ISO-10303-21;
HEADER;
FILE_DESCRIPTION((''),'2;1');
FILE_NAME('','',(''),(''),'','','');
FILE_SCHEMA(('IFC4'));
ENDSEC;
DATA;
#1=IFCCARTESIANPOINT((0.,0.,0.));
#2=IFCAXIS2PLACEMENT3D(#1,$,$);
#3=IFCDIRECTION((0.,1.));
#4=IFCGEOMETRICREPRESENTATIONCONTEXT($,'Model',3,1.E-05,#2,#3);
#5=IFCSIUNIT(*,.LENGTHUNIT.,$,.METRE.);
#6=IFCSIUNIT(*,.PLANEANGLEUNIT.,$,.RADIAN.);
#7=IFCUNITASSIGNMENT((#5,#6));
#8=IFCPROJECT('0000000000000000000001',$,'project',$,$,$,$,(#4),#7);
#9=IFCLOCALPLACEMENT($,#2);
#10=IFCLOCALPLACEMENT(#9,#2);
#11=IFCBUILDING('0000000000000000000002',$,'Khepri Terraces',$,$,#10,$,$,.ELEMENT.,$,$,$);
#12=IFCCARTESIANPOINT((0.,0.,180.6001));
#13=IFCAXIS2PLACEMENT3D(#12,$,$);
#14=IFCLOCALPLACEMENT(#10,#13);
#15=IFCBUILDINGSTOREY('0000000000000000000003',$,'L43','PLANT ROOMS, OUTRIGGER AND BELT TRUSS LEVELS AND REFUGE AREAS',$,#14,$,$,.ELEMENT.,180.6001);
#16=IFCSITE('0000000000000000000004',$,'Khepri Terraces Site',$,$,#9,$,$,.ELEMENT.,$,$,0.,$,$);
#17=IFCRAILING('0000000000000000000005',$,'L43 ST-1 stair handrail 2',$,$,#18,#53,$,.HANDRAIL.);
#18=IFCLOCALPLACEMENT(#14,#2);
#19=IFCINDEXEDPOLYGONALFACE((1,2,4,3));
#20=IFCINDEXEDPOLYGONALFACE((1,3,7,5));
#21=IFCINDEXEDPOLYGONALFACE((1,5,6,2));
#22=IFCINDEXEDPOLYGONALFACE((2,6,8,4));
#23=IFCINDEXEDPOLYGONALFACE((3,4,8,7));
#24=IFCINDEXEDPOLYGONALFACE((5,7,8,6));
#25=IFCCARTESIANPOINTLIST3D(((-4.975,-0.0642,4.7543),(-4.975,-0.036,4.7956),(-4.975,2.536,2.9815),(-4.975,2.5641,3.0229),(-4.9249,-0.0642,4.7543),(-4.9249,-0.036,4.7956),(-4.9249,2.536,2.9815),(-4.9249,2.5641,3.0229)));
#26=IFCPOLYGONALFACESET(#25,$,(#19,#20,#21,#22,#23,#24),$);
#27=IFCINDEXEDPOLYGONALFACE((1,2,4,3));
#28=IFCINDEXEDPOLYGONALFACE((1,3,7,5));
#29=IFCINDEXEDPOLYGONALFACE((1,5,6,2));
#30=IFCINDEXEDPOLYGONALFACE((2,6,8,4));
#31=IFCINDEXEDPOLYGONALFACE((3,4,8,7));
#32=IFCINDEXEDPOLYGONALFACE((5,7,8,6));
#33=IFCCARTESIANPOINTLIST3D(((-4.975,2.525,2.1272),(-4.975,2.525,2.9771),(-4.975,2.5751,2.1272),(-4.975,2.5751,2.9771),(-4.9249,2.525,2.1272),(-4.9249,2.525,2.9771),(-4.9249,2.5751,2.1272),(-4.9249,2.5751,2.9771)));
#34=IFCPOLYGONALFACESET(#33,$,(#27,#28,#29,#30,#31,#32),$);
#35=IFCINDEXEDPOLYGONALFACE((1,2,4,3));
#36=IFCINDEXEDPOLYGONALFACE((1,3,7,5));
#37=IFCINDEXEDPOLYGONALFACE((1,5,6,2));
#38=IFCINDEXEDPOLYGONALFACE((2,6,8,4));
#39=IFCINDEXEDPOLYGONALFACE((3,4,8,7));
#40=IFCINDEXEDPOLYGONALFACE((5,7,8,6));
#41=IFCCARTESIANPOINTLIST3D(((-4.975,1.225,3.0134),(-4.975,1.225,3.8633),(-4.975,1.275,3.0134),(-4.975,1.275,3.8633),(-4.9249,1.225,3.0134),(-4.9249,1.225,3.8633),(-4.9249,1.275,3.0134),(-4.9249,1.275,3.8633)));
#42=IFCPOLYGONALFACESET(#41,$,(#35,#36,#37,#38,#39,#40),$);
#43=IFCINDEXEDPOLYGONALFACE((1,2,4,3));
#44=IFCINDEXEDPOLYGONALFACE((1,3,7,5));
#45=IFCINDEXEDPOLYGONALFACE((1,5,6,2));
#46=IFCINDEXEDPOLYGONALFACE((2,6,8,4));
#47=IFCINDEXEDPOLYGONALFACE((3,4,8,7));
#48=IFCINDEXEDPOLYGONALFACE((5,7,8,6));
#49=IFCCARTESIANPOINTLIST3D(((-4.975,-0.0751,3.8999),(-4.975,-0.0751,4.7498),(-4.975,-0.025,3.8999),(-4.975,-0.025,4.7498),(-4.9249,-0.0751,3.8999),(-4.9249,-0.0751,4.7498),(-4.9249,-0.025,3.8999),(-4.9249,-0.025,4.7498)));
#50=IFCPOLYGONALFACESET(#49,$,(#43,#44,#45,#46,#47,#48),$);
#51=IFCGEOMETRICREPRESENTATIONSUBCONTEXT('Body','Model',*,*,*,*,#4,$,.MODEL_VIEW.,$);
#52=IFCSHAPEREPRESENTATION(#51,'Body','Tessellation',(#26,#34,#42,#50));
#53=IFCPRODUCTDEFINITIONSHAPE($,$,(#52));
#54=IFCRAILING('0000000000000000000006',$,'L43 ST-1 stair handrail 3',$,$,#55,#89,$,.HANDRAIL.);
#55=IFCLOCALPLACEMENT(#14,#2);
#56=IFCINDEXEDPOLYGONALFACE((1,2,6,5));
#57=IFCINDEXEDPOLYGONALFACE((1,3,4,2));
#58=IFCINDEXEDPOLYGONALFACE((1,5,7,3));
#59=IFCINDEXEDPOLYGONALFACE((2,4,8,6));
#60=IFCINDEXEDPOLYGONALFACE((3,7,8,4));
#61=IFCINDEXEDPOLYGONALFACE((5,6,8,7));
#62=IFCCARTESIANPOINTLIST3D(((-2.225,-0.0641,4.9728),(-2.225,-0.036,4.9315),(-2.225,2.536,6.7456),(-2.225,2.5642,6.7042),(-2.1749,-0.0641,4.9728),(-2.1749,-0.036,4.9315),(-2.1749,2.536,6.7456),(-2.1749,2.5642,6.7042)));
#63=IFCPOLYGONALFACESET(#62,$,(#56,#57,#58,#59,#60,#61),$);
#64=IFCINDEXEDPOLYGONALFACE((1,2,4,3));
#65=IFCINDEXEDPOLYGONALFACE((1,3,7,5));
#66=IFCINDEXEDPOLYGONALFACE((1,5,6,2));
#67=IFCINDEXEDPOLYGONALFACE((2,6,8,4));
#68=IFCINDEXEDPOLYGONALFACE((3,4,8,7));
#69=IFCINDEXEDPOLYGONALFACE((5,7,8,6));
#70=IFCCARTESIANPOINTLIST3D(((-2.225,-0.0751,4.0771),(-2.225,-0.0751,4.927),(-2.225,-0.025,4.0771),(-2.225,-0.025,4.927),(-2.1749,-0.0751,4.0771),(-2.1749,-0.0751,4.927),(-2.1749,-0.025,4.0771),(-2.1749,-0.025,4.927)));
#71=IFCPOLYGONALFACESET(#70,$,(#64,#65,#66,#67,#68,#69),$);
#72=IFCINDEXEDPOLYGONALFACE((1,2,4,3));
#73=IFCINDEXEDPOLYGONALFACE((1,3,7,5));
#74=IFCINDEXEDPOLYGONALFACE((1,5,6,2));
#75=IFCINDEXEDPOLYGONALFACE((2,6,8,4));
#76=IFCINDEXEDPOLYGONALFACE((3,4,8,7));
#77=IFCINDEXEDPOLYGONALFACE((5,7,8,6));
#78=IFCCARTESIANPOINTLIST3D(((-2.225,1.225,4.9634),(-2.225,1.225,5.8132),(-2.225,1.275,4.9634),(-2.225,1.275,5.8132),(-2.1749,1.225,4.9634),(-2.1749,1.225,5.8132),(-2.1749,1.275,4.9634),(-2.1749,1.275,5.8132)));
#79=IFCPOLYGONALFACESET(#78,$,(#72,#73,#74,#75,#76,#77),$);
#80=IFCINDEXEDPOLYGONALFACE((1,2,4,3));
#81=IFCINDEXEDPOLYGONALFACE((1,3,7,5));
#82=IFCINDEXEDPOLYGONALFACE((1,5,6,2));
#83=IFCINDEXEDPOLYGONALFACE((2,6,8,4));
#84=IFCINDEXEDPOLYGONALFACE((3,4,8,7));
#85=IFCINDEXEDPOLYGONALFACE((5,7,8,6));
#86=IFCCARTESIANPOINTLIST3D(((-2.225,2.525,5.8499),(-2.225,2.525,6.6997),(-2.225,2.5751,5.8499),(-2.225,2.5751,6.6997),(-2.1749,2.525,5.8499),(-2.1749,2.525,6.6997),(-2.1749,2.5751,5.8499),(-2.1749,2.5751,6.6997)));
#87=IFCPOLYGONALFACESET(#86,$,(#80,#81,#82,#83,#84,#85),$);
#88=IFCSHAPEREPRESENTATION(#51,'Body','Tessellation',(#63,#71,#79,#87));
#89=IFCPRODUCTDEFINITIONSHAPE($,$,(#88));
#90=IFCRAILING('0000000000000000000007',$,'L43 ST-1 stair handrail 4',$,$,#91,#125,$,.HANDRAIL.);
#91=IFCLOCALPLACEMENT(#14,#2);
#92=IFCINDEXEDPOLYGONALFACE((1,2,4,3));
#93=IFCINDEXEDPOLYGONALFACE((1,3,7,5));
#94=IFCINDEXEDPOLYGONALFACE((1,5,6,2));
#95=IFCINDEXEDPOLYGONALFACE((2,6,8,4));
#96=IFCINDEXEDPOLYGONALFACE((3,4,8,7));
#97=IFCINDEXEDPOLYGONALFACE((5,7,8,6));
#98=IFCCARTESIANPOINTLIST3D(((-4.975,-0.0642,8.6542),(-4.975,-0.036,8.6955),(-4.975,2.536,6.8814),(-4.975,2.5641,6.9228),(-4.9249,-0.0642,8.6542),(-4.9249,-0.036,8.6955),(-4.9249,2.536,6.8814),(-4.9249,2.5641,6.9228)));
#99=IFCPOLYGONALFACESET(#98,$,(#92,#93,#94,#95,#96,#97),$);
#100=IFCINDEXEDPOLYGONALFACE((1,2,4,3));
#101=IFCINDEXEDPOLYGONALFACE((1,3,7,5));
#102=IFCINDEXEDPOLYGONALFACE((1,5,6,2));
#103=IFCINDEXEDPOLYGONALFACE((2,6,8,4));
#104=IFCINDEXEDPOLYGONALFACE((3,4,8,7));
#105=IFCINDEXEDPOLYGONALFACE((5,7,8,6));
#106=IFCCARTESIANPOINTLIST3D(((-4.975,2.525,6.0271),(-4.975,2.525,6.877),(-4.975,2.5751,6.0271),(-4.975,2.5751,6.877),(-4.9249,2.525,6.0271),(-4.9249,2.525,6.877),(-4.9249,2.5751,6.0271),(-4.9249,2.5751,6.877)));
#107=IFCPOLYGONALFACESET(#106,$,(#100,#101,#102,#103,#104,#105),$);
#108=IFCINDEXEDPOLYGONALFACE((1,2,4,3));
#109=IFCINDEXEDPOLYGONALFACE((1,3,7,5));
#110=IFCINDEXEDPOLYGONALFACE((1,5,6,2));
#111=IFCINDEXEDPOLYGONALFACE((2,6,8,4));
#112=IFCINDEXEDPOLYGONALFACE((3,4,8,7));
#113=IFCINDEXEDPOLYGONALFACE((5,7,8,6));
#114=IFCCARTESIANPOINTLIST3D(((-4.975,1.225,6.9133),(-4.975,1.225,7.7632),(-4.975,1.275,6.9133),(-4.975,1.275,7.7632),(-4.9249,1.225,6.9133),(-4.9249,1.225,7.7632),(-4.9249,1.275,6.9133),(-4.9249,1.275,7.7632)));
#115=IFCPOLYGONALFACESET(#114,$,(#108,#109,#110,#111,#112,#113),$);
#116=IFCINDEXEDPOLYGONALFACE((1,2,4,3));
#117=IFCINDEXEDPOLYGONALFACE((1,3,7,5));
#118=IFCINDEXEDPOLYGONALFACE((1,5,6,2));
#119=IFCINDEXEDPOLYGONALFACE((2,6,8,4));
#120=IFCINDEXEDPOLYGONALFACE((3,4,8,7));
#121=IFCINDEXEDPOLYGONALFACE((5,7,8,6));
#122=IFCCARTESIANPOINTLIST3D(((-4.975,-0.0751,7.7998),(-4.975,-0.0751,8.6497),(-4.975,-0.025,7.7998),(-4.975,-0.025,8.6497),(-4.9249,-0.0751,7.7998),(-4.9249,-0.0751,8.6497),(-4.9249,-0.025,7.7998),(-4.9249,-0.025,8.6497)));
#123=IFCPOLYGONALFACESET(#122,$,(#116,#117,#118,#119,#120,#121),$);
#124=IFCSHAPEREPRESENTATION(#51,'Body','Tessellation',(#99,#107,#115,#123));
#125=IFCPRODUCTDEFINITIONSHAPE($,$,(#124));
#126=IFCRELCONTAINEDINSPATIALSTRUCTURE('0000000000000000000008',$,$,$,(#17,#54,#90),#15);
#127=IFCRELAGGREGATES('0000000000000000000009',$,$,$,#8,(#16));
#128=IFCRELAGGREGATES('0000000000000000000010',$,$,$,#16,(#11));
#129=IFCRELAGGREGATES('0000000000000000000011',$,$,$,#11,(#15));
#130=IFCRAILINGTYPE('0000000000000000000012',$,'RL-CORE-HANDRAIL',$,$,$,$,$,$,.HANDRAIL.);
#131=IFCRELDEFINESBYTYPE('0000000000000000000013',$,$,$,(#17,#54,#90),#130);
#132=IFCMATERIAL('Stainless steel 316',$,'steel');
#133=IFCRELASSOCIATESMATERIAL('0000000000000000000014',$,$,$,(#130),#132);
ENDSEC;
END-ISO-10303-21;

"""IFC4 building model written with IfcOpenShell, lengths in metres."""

from ifc_helpers import new_model, si_unit, direction, frame, origin, origin_2d, place, context, subcontext, project, spatial, rectangle, extrude, material, type_object, element, save


model = new_model("IFC4")

# Units and contexts
model_context = context("Model", 3, precision=1e-05, world=origin(), true_north=direction((0.0, 1.0)))
body_context = subcontext(model_context, "Body", "Model", "MODEL_VIEW")
ifc_project = project(units=[si_unit("LENGTHUNIT", "METRE"), si_unit("PLANEANGLEUNIT", "RADIAN")], contexts=[model_context])

# Site, building, storey
site_placement = place(None, origin())
site = spatial("IfcSite", under=ifc_project, at=site_placement, Name="Khepri Terraces Site", CompositionType="ELEMENT", RefElevation=0.0)
building_placement = place(site_placement, origin())
building = spatial("IfcBuilding", under=site, at=building_placement, Name="Khepri Terraces", CompositionType="ELEMENT")
storey_placement = place(building_placement, frame((0.0, 0.0, 180.6001)))
storey = spatial("IfcBuildingStorey", under=building, at=storey_placement, Name="L43", Description="PLANT ROOMS, OUTRIGGER AND BELT TRUSS LEVELS AND REFUGE AREAS", CompositionType="ELEMENT", Elevation=180.6001)

# Railings
ifc_material_1 = material(Name="Stainless steel 316", Category="steel")
railing_type_1 = type_object("IfcRailingType", Name="RL-CORE-HANDRAIL", PredefinedType="HANDRAIL", material=ifc_material_1)
railing_1_placement = place(storey_placement, frame((-4.95, 2.55, 2.1272)))
element("IfcRailing", 1, at=railing_1_placement, inside=storey, type_object=railing_type_1, Name="L43 ST-1 stair handrail 2", PredefinedType="HANDRAIL", context=body_context, shape_type="SweptSolid", body=[
    extrude(rectangle(XDim=0.05, YDim=0.05, at=origin_2d()), frame((0.0, 0.0, 0.875), z_axis=(0.0, -0.82624, 0.563318), x_axis=(1.0, 0.0, 0.0)), (0.0, 0.0, 1.0), 3.147),
    extrude(rectangle(XDim=0.05, YDim=0.05, at=origin_2d()), origin(), (0.0, 0.0, 1.0), 0.8499),
    extrude(rectangle(XDim=0.05, YDim=0.05, at=origin_2d()), frame((0.0, -1.3, 0.8862)), (0.0, 0.0, 1.0), 0.8499),
    extrude(rectangle(XDim=0.05, YDim=0.05, at=origin_2d()), frame((0.0, -2.6001, 1.7727)), (0.0, 0.0, 1.0), 0.8499),
])
railing_2_placement = place(storey_placement, frame((-2.2, -0.05, 4.0771)))
element("IfcRailing", 2, at=railing_2_placement, inside=storey, type_object=railing_type_1, Name="L43 ST-1 stair handrail 3", PredefinedType="HANDRAIL", context=body_context, shape_type="SweptSolid", body=[
    extrude(rectangle(XDim=0.05, YDim=0.05, at=origin_2d()), frame((0.0, 0.0, 0.875), z_axis=(0.0, 0.82624, 0.563318), x_axis=(-1.0, 0.0, 0.0)), (0.0, 0.0, 1.0), 3.147),
    extrude(rectangle(XDim=0.05, YDim=0.05, at=origin_2d()), origin(), (0.0, 0.0, 1.0), 0.8499),
    extrude(rectangle(XDim=0.05, YDim=0.05, at=origin_2d()), frame((0.0, 1.3, 0.8862)), (0.0, 0.0, 1.0), 0.8499),
    extrude(rectangle(XDim=0.05, YDim=0.05, at=origin_2d()), frame((0.0, 2.6001, 1.7727)), (0.0, 0.0, 1.0), 0.8499),
])
railing_3_placement = place(storey_placement, frame((-4.95, 2.55, 6.0271)))
element("IfcRailing", 3, at=railing_3_placement, inside=storey, type_object=railing_type_1, Name="L43 ST-1 stair handrail 4", PredefinedType="HANDRAIL", context=body_context, shape_type="SweptSolid", body=[
    extrude(rectangle(XDim=0.05, YDim=0.05, at=origin_2d()), frame((0.0, 0.0, 0.875), z_axis=(0.0, -0.82624, 0.563318), x_axis=(1.0, 0.0, 0.0)), (0.0, 0.0, 1.0), 3.147),
    extrude(rectangle(XDim=0.05, YDim=0.05, at=origin_2d()), origin(), (0.0, 0.0, 1.0), 0.8499),
    extrude(rectangle(XDim=0.05, YDim=0.05, at=origin_2d()), frame((0.0, -1.3, 0.8862)), (0.0, 0.0, 1.0), 0.8499),
    extrude(rectangle(XDim=0.05, YDim=0.05, at=origin_2d()), frame((0.0, -2.6001, 1.7727)), (0.0, 0.0, 1.0), 0.8499),
])

save(model, "model.ifc")
